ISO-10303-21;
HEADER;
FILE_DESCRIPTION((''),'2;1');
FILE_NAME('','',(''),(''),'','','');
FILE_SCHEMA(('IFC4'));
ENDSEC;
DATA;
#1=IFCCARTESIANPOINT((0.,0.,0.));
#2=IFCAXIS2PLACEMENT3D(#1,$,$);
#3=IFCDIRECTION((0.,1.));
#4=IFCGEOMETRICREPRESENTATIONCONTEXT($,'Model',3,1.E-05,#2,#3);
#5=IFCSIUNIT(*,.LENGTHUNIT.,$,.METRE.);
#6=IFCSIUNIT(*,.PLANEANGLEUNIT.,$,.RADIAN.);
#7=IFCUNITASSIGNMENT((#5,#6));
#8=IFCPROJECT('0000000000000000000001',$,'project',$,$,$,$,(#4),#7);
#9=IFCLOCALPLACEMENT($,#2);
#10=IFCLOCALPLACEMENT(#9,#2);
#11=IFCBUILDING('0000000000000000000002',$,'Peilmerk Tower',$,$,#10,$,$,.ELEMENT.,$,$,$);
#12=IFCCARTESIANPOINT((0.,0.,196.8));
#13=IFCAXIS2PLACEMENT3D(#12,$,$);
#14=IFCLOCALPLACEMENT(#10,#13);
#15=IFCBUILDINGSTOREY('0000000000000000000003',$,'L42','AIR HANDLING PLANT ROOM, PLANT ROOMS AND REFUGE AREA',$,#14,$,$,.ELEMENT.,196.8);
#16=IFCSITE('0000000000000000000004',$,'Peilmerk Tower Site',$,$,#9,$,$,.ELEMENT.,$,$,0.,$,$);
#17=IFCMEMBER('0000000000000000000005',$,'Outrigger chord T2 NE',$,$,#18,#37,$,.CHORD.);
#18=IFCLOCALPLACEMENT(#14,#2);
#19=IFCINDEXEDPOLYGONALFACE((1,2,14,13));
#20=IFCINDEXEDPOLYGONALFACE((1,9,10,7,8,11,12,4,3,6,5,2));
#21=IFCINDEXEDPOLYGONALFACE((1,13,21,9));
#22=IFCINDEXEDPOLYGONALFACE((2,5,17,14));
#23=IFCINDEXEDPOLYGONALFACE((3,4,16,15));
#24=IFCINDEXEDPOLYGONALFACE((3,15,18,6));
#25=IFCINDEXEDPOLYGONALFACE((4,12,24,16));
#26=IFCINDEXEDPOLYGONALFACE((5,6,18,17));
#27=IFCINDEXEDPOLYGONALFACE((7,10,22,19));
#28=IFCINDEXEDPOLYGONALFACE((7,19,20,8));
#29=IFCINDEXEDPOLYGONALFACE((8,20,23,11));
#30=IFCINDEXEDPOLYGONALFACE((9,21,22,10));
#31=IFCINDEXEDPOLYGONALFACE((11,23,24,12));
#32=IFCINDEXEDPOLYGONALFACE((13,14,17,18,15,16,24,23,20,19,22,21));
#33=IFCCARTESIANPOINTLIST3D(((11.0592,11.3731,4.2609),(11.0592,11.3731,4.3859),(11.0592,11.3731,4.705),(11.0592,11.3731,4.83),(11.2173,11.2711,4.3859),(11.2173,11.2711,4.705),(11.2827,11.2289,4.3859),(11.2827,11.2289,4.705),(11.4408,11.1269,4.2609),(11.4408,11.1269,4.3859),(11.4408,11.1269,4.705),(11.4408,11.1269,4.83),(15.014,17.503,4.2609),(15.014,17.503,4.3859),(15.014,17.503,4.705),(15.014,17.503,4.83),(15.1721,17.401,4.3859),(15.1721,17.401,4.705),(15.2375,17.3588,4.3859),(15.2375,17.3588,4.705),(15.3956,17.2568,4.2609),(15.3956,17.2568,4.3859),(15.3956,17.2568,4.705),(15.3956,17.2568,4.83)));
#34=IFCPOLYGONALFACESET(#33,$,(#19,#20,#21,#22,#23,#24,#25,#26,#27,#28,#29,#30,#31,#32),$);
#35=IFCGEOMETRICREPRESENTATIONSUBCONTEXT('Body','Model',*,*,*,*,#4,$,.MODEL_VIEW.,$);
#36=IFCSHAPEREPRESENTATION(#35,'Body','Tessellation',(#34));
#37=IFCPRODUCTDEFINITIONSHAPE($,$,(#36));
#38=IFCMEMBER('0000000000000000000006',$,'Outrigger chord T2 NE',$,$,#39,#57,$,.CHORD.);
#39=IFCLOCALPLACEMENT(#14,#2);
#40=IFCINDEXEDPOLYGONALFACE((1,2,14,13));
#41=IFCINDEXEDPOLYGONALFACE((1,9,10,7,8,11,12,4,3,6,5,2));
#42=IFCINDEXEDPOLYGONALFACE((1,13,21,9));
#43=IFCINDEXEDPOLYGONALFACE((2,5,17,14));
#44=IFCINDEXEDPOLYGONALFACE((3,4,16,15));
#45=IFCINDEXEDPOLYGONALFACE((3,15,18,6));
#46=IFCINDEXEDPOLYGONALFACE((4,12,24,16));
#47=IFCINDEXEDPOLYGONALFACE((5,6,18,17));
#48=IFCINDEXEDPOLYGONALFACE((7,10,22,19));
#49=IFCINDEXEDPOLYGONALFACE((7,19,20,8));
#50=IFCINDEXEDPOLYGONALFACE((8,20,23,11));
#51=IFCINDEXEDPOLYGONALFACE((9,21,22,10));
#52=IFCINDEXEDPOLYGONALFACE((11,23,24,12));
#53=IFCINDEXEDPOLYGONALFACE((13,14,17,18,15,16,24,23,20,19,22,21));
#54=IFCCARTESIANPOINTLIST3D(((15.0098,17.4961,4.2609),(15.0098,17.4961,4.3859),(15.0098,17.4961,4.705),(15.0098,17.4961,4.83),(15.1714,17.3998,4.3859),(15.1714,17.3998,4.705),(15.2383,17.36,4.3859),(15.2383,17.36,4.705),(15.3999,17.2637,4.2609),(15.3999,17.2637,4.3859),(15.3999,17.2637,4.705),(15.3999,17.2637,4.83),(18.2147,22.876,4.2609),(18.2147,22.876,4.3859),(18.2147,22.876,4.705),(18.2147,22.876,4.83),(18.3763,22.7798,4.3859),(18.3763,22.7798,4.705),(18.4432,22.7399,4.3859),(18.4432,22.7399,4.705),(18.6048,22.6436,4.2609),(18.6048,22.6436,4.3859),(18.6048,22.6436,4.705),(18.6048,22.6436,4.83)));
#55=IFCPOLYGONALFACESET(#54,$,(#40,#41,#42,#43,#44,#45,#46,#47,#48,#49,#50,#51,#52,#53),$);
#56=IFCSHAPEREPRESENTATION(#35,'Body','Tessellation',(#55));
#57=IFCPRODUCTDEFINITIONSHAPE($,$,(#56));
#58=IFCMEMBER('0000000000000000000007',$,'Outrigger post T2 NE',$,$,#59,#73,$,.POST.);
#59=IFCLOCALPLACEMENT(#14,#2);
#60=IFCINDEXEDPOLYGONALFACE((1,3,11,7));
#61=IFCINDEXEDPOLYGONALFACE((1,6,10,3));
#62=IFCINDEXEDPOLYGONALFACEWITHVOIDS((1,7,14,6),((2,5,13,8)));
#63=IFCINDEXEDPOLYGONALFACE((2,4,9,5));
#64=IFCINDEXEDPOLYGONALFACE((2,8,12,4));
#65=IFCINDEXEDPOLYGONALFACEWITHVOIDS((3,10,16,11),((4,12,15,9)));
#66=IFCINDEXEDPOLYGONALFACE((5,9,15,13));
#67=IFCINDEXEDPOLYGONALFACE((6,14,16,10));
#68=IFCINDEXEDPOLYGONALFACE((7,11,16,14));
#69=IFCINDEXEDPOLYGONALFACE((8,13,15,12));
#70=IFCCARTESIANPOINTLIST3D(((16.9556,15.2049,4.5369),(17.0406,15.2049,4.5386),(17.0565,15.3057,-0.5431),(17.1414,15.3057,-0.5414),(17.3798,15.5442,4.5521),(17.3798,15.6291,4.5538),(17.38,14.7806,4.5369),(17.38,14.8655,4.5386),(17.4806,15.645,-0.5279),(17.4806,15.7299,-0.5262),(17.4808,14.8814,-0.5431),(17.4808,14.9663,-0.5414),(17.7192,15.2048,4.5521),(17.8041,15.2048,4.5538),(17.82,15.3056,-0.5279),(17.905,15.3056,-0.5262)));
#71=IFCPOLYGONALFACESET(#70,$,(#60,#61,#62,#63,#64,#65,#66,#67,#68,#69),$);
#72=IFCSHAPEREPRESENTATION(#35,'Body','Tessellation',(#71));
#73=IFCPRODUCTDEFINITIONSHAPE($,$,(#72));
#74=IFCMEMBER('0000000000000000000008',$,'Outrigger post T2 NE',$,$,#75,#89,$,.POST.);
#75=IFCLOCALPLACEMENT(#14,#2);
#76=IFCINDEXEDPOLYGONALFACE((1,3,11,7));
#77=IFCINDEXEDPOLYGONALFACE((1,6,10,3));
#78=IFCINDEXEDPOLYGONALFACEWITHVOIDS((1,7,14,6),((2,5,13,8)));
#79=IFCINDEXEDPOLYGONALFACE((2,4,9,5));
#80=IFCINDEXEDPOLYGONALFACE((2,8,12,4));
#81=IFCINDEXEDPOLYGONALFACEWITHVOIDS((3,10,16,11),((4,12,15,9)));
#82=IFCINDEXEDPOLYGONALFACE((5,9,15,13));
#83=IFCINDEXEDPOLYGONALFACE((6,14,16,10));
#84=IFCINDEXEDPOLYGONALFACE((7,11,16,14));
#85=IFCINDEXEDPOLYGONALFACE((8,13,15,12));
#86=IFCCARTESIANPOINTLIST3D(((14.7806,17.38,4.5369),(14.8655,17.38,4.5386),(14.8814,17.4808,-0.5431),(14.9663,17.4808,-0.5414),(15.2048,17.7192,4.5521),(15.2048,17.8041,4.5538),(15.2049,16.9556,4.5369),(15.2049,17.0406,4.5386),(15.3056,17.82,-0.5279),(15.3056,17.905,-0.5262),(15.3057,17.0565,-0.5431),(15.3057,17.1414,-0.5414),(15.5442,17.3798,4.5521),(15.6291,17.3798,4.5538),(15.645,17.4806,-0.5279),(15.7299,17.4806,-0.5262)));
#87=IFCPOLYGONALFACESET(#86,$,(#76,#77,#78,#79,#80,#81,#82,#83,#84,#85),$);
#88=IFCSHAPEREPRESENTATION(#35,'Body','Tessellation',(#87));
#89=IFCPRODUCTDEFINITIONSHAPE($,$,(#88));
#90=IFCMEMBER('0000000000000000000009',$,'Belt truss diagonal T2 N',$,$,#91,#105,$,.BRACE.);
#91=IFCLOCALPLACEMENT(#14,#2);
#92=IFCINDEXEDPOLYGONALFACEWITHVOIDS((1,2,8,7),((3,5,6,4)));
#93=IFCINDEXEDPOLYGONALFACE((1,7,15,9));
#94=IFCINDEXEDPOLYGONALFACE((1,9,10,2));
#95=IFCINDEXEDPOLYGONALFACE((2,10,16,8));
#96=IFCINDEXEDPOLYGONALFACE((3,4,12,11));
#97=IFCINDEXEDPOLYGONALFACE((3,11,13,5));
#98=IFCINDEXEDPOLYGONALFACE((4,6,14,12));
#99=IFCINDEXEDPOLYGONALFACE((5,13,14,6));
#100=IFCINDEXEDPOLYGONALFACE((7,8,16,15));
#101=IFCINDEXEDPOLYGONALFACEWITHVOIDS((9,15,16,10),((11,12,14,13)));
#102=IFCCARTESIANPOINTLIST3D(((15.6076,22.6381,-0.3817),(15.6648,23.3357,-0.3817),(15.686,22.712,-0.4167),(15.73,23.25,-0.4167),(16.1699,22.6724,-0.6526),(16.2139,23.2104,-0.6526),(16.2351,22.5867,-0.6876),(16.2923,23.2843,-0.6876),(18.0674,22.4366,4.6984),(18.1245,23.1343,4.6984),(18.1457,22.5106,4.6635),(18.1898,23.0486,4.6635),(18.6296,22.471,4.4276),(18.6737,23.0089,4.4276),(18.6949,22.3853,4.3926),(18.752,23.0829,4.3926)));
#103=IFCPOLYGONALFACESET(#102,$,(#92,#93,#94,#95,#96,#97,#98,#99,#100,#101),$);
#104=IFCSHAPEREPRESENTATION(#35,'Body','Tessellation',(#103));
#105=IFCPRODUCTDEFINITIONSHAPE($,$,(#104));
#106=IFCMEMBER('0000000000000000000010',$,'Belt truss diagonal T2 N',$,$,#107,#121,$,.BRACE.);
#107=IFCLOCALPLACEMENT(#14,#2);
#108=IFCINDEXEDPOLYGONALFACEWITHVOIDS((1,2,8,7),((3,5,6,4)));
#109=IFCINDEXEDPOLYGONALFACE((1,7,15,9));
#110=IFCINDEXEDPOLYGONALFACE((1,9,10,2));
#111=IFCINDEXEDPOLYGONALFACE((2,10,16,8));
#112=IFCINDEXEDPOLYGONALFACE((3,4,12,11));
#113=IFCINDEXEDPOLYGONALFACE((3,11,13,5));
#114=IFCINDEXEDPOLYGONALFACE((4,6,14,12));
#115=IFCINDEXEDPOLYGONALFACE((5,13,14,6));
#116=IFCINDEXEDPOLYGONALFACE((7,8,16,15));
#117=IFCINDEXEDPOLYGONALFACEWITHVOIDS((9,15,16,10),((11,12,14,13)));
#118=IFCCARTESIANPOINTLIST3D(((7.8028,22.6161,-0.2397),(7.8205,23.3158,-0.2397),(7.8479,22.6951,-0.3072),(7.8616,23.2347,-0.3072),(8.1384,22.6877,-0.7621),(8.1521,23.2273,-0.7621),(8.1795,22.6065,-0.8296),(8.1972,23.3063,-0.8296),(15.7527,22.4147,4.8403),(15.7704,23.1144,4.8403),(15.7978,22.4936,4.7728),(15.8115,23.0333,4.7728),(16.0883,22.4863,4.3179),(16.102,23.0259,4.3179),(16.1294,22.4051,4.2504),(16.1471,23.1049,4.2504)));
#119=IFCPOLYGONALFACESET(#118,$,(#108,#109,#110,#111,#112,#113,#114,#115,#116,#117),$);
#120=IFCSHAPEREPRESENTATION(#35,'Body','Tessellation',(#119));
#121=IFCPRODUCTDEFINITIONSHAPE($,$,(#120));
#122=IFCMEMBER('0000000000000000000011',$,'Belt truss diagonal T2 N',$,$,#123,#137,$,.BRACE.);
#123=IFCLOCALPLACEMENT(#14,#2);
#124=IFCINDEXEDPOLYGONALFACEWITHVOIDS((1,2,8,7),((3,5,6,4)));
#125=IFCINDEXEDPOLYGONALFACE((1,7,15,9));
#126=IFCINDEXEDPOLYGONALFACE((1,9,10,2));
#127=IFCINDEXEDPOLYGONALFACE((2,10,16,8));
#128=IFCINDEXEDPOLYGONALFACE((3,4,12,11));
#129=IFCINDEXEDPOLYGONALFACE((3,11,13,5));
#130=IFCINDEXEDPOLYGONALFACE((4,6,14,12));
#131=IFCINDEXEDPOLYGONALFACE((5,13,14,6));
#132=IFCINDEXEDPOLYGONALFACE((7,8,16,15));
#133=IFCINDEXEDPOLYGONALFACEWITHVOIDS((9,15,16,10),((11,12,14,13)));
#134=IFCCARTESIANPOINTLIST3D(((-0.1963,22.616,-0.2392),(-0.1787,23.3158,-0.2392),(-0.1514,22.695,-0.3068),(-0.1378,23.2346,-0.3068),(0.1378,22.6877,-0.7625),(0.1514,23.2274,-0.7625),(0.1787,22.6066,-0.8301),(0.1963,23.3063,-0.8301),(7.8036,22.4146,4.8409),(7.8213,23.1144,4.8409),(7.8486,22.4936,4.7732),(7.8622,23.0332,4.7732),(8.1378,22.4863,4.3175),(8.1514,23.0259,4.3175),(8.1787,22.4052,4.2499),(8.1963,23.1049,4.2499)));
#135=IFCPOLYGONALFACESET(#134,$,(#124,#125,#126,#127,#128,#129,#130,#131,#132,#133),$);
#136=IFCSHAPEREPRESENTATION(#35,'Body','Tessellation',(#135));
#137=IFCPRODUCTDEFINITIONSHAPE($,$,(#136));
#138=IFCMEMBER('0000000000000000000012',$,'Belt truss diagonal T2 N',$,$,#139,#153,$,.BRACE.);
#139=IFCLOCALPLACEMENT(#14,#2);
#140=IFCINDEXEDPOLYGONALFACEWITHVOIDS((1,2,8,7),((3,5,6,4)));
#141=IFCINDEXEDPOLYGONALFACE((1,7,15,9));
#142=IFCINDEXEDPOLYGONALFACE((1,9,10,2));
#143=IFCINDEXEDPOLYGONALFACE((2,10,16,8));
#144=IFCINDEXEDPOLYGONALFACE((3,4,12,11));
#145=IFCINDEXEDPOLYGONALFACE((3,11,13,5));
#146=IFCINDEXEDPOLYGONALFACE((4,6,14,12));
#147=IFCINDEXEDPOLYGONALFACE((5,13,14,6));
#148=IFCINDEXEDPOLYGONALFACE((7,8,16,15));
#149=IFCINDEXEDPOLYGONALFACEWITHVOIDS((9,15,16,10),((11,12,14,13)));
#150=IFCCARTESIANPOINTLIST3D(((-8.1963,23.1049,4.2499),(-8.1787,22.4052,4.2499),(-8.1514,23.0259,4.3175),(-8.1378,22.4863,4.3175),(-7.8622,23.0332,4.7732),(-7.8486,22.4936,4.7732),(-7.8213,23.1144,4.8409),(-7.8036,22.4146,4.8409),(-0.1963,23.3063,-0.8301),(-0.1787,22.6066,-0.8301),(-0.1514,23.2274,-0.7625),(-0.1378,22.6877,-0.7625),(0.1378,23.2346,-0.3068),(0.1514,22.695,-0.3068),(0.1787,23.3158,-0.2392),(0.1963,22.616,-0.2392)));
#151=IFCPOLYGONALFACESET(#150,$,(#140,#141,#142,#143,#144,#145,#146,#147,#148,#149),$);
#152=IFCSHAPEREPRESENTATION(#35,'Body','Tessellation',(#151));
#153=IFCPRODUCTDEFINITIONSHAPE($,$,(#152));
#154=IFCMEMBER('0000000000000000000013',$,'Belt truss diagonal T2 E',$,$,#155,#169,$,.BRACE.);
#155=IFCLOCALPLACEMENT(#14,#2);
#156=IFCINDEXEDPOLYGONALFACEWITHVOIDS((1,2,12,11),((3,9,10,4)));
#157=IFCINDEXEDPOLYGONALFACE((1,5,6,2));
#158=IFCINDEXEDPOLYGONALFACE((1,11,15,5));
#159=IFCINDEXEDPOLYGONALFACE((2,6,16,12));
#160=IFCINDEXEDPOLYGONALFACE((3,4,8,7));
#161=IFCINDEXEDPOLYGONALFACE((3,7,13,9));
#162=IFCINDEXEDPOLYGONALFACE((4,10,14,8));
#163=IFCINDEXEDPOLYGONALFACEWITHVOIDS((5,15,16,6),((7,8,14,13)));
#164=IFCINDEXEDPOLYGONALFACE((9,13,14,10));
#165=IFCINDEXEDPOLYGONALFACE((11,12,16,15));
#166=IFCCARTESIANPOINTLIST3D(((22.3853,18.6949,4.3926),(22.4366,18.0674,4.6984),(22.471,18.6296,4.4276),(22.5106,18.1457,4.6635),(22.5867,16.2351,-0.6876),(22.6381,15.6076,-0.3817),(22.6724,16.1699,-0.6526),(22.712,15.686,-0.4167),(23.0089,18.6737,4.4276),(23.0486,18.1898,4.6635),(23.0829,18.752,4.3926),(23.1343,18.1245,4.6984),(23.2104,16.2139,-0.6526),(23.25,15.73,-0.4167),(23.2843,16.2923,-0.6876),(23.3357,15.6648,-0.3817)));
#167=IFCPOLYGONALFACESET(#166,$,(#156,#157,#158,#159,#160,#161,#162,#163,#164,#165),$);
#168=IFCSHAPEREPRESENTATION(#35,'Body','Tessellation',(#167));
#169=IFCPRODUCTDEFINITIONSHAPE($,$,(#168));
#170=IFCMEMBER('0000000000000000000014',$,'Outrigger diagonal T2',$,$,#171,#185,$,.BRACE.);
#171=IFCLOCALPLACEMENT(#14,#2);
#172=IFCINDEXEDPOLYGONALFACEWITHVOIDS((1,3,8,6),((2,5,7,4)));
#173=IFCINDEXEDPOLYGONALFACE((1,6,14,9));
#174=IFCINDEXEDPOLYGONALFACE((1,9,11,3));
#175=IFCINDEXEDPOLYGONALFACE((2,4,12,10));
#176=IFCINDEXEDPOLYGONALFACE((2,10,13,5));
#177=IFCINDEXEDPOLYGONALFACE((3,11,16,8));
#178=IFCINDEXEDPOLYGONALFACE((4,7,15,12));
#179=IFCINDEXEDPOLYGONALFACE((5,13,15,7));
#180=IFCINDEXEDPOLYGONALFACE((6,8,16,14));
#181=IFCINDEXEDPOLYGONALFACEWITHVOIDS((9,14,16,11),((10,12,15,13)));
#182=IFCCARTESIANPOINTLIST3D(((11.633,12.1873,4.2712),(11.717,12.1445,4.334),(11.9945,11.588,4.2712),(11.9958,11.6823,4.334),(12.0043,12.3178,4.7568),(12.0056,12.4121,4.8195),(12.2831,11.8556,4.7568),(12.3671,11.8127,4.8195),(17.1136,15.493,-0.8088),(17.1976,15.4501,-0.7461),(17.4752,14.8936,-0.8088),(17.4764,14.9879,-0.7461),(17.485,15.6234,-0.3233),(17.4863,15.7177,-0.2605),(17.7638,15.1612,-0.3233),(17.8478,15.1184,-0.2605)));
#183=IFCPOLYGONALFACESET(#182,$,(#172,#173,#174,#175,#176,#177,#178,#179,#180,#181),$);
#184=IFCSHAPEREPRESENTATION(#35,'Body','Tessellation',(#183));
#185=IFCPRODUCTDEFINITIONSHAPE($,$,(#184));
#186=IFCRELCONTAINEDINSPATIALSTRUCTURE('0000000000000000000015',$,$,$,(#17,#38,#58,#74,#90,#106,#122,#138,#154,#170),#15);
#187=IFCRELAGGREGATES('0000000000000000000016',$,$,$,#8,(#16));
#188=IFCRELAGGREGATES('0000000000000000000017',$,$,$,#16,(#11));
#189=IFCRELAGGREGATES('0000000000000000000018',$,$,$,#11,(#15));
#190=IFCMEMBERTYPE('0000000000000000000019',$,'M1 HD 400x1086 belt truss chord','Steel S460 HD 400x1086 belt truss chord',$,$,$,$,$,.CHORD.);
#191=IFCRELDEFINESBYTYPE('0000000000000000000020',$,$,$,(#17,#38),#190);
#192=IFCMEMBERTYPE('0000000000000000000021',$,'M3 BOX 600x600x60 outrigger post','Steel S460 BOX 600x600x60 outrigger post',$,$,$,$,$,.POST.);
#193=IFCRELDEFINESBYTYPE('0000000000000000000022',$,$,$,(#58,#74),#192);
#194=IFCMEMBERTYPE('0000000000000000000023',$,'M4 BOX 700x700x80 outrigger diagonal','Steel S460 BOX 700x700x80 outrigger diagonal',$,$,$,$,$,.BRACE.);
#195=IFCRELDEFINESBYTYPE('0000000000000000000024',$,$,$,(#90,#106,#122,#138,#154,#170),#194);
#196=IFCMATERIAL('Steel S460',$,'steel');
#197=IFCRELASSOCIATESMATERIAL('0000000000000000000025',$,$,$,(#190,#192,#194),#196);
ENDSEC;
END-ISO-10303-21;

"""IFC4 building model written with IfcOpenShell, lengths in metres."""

from ifc_helpers import new_model, si_unit, direction, frame, origin, origin_2d, place, context, subcontext, project, spatial, hollow_rectangle, i_section, extrude, material, material_profile, profile_set, type_object, element, save


model = new_model("IFC4")

# Units and contexts
model_context = context("Model", 3, precision=1e-05, world=origin(), true_north=direction((0.0, 1.0)))
body_context = subcontext(model_context, "Body", "Model", "MODEL_VIEW")
ifc_project = project(units=[si_unit("LENGTHUNIT", "METRE"), si_unit("PLANEANGLEUNIT", "RADIAN")], contexts=[model_context])

# Site, building, storey
site_placement = place(None, origin())
site = spatial("IfcSite", under=ifc_project, at=site_placement, Name="Peilmerk Tower Site", CompositionType="ELEMENT", RefElevation=0.0)
building_placement = place(site_placement, origin())
building = spatial("IfcBuilding", under=site, at=building_placement, Name="Peilmerk Tower", CompositionType="ELEMENT")
storey_placement = place(building_placement, frame((0.0, 0.0, 196.8)))
storey = spatial("IfcBuildingStorey", under=building, at=storey_placement, Name="L42", Description="AIR HANDLING PLANT ROOM, PLANT ROOMS AND REFUGE AREA", CompositionType="ELEMENT", Elevation=196.8)

# Shared definitions
ifc_material_1 = material(Name="Steel S460", Category="steel")

# Members
ifc_material_profile_1 = material_profile(ifc_material_1, i_section(OverallWidth=0.4541, OverallDepth=0.5691, WebThickness=0.0779, FlangeThickness=0.125, at=origin_2d()), Name="HD 400x1086")
ifc_profile_set_1 = profile_set([ifc_material_profile_1], Name="Steel S460")
member_type_1 = type_object("IfcMemberType", Name="M1 HD 400x1086 belt truss chord", Description="Steel S460 HD 400x1086 belt truss chord", PredefinedType="CHORD", material=ifc_profile_set_1)
member_1_placement = place(storey_placement, frame((11.25, 11.25, 4.5454), z_axis=(0.542134, 0.840292, 0.0), x_axis=(-0.840292, 0.542134, 0.0)))
element("IfcMember", 1, at=member_1_placement, inside=storey, type_object=member_type_1, Name="Outrigger chord T2 NE", PredefinedType="CHORD", context=body_context, shape_type="SweptSolid", body=[
    extrude(i_section(OverallWidth=0.4541, OverallDepth=0.5691, WebThickness=0.0779, FlangeThickness=0.125, at=origin_2d()), origin(), (0.0, 0.0, 1.0), 7.2949),
])
member_2_placement = place(storey_placement, frame((15.2048, 17.3799, 4.5454), z_axis=(0.511781, 0.859116, 0.0), x_axis=(-0.859116, 0.511781, 0.0)))
element("IfcMember", 2, at=member_2_placement, inside=storey, type_object=member_type_1, Name="Outrigger chord T2 NE", PredefinedType="CHORD", context=body_context, shape_type="SweptSolid", body=[
    extrude(i_section(OverallWidth=0.4541, OverallDepth=0.5691, WebThickness=0.0779, FlangeThickness=0.125, at=origin_2d()), origin(), (0.0, 0.0, 1.0), 6.2622),
])
ifc_material_profile_2 = material_profile(ifc_material_1, hollow_rectangle(XDim=0.6001, YDim=0.6001, WallThickness=0.0601, at=origin_2d()), Name="BOX 600x600x60")
ifc_profile_set_2 = profile_set([ifc_material_profile_2], Name="Steel S460")
member_type_2 = type_object("IfcMemberType", Name="M3 BOX 600x600x60 outrigger post", Description="Steel S460 BOX 600x600x60 outrigger post", PredefinedType="POST", material=ifc_profile_set_2)
for number, where, z_axis, x_axis, name in (
    (3, (17.4807, 15.3057, -0.5347), (-0.01984, -0.01984, 0.999606), (0.707107, -0.707107, 0.0), "Outrigger post T2 NE"),
    (4, (15.3057, 17.4807, -0.5347), (-0.01984, -0.01984, 0.999606), (0.707107, -0.707107, 0.0), "Outrigger post T2 NE"),
):
    element("IfcMember", number, at=place(storey_placement, frame(where, z_axis=z_axis, x_axis=x_axis)), inside=storey, type_object=member_type_2, Name=name, PredefinedType="POST", context=body_context, shape_type="SweptSolid", body=[
        extrude(hollow_rectangle(XDim=0.6001, YDim=0.6001, WallThickness=0.0601, at=origin_2d()), origin(), (0.0, 0.0, 1.0), 5.082),
    ])
ifc_material_profile_3 = material_profile(ifc_material_1, hollow_rectangle(XDim=0.7, YDim=0.7, WallThickness=0.0801, at=origin_2d()), Name="BOX 700x700x80")
ifc_profile_set_3 = profile_set([ifc_material_profile_3], Name="Steel S460")
member_type_3 = type_object("IfcMemberType", Name="M4 BOX 700x700x80 outrigger diagonal", Description="Steel S460 BOX 700x700x80 outrigger diagonal", PredefinedType="BRACE", material=ifc_profile_set_3)
member_3_placement = place(storey_placement, frame((15.95, 22.9612, -0.5347), z_axis=(0.435515, -0.035663, 0.899475), x_axis=(0.081613, 0.996664, 0.0)))
element("IfcMember", 5, at=member_3_placement, inside=storey, type_object=member_type_3, Name="Belt truss diagonal T2 N", PredefinedType="BRACE", context=body_context, shape_type="SweptSolid", body=[
    extrude(hollow_rectangle(XDim=0.7, YDim=0.7, WallThickness=0.0801, at=origin_2d()), origin(), (0.0, 0.0, 1.0), 5.6479),
])
member_4_placement = place(storey_placement, frame((8.0, 22.9612, -0.5347), z_axis=(0.842459, -0.021344, 0.538338), x_axis=(0.025327, 0.999679, 0.0)))
element("IfcMember", 6, at=member_4_placement, inside=storey, type_object=member_type_3, Name="Belt truss diagonal T2 N", PredefinedType="BRACE", context=body_context, shape_type="SweptSolid", body=[
    extrude(hollow_rectangle(XDim=0.7, YDim=0.7, WallThickness=0.0801, at=origin_2d()), origin(), (0.0, 0.0, 1.0), 9.4365),
])
for number, where, z_axis, x_axis, name in (
    (7, (0.0, 22.9612, -0.5347), (0.843988, -0.021249, 0.535941), (0.025169, 0.999683, 0.0), "Belt truss diagonal T2 N"),
    (8, (0.0, 22.9612, -0.5347), (-0.843988, -0.021249, 0.535941), (0.025169, -0.999683, 0.0), "Belt truss diagonal T2 N"),
):
    element("IfcMember", number, at=place(storey_placement, frame(where, z_axis=z_axis, x_axis=x_axis)), inside=storey, type_object=member_type_3, Name=name, PredefinedType="BRACE", context=body_context, shape_type="SweptSolid", body=[
        extrude(hollow_rectangle(XDim=0.7, YDim=0.7, WallThickness=0.0801, at=origin_2d()), origin(), (0.0, 0.0, 1.0), 9.4788),
    ])
member_5_placement = place(storey_placement, frame((22.9612, 15.95, -0.5347), z_axis=(-0.035663, 0.435515, 0.899475), x_axis=(-0.996664, -0.081613, 0.0)))
element("IfcMember", 9, at=member_5_placement, inside=storey, type_object=member_type_3, Name="Belt truss diagonal T2 E", PredefinedType="BRACE", context=body_context, shape_type="SweptSolid", body=[
    extrude(hollow_rectangle(XDim=0.7, YDim=0.7, WallThickness=0.0801, at=origin_2d()), origin(), (0.0, 0.0, 1.0), 5.6479),
])
member_6_placement = place(storey_placement, frame((17.4807, 15.3057, -0.5347), z_axis=(-0.670714, -0.404538, 0.621685), x_axis=(0.516475, -0.856303, 0.0)))
element("IfcMember", 10, at=member_6_placement, inside=storey, type_object=member_type_3, Name="Outrigger diagonal T2", PredefinedType="BRACE", context=body_context, shape_type="SweptSolid", body=[
    extrude(hollow_rectangle(XDim=0.7, YDim=0.7, WallThickness=0.0801, at=origin_2d()), origin(), (0.0, 0.0, 1.0), 8.1714),
])

save(model, "model.ifc")
